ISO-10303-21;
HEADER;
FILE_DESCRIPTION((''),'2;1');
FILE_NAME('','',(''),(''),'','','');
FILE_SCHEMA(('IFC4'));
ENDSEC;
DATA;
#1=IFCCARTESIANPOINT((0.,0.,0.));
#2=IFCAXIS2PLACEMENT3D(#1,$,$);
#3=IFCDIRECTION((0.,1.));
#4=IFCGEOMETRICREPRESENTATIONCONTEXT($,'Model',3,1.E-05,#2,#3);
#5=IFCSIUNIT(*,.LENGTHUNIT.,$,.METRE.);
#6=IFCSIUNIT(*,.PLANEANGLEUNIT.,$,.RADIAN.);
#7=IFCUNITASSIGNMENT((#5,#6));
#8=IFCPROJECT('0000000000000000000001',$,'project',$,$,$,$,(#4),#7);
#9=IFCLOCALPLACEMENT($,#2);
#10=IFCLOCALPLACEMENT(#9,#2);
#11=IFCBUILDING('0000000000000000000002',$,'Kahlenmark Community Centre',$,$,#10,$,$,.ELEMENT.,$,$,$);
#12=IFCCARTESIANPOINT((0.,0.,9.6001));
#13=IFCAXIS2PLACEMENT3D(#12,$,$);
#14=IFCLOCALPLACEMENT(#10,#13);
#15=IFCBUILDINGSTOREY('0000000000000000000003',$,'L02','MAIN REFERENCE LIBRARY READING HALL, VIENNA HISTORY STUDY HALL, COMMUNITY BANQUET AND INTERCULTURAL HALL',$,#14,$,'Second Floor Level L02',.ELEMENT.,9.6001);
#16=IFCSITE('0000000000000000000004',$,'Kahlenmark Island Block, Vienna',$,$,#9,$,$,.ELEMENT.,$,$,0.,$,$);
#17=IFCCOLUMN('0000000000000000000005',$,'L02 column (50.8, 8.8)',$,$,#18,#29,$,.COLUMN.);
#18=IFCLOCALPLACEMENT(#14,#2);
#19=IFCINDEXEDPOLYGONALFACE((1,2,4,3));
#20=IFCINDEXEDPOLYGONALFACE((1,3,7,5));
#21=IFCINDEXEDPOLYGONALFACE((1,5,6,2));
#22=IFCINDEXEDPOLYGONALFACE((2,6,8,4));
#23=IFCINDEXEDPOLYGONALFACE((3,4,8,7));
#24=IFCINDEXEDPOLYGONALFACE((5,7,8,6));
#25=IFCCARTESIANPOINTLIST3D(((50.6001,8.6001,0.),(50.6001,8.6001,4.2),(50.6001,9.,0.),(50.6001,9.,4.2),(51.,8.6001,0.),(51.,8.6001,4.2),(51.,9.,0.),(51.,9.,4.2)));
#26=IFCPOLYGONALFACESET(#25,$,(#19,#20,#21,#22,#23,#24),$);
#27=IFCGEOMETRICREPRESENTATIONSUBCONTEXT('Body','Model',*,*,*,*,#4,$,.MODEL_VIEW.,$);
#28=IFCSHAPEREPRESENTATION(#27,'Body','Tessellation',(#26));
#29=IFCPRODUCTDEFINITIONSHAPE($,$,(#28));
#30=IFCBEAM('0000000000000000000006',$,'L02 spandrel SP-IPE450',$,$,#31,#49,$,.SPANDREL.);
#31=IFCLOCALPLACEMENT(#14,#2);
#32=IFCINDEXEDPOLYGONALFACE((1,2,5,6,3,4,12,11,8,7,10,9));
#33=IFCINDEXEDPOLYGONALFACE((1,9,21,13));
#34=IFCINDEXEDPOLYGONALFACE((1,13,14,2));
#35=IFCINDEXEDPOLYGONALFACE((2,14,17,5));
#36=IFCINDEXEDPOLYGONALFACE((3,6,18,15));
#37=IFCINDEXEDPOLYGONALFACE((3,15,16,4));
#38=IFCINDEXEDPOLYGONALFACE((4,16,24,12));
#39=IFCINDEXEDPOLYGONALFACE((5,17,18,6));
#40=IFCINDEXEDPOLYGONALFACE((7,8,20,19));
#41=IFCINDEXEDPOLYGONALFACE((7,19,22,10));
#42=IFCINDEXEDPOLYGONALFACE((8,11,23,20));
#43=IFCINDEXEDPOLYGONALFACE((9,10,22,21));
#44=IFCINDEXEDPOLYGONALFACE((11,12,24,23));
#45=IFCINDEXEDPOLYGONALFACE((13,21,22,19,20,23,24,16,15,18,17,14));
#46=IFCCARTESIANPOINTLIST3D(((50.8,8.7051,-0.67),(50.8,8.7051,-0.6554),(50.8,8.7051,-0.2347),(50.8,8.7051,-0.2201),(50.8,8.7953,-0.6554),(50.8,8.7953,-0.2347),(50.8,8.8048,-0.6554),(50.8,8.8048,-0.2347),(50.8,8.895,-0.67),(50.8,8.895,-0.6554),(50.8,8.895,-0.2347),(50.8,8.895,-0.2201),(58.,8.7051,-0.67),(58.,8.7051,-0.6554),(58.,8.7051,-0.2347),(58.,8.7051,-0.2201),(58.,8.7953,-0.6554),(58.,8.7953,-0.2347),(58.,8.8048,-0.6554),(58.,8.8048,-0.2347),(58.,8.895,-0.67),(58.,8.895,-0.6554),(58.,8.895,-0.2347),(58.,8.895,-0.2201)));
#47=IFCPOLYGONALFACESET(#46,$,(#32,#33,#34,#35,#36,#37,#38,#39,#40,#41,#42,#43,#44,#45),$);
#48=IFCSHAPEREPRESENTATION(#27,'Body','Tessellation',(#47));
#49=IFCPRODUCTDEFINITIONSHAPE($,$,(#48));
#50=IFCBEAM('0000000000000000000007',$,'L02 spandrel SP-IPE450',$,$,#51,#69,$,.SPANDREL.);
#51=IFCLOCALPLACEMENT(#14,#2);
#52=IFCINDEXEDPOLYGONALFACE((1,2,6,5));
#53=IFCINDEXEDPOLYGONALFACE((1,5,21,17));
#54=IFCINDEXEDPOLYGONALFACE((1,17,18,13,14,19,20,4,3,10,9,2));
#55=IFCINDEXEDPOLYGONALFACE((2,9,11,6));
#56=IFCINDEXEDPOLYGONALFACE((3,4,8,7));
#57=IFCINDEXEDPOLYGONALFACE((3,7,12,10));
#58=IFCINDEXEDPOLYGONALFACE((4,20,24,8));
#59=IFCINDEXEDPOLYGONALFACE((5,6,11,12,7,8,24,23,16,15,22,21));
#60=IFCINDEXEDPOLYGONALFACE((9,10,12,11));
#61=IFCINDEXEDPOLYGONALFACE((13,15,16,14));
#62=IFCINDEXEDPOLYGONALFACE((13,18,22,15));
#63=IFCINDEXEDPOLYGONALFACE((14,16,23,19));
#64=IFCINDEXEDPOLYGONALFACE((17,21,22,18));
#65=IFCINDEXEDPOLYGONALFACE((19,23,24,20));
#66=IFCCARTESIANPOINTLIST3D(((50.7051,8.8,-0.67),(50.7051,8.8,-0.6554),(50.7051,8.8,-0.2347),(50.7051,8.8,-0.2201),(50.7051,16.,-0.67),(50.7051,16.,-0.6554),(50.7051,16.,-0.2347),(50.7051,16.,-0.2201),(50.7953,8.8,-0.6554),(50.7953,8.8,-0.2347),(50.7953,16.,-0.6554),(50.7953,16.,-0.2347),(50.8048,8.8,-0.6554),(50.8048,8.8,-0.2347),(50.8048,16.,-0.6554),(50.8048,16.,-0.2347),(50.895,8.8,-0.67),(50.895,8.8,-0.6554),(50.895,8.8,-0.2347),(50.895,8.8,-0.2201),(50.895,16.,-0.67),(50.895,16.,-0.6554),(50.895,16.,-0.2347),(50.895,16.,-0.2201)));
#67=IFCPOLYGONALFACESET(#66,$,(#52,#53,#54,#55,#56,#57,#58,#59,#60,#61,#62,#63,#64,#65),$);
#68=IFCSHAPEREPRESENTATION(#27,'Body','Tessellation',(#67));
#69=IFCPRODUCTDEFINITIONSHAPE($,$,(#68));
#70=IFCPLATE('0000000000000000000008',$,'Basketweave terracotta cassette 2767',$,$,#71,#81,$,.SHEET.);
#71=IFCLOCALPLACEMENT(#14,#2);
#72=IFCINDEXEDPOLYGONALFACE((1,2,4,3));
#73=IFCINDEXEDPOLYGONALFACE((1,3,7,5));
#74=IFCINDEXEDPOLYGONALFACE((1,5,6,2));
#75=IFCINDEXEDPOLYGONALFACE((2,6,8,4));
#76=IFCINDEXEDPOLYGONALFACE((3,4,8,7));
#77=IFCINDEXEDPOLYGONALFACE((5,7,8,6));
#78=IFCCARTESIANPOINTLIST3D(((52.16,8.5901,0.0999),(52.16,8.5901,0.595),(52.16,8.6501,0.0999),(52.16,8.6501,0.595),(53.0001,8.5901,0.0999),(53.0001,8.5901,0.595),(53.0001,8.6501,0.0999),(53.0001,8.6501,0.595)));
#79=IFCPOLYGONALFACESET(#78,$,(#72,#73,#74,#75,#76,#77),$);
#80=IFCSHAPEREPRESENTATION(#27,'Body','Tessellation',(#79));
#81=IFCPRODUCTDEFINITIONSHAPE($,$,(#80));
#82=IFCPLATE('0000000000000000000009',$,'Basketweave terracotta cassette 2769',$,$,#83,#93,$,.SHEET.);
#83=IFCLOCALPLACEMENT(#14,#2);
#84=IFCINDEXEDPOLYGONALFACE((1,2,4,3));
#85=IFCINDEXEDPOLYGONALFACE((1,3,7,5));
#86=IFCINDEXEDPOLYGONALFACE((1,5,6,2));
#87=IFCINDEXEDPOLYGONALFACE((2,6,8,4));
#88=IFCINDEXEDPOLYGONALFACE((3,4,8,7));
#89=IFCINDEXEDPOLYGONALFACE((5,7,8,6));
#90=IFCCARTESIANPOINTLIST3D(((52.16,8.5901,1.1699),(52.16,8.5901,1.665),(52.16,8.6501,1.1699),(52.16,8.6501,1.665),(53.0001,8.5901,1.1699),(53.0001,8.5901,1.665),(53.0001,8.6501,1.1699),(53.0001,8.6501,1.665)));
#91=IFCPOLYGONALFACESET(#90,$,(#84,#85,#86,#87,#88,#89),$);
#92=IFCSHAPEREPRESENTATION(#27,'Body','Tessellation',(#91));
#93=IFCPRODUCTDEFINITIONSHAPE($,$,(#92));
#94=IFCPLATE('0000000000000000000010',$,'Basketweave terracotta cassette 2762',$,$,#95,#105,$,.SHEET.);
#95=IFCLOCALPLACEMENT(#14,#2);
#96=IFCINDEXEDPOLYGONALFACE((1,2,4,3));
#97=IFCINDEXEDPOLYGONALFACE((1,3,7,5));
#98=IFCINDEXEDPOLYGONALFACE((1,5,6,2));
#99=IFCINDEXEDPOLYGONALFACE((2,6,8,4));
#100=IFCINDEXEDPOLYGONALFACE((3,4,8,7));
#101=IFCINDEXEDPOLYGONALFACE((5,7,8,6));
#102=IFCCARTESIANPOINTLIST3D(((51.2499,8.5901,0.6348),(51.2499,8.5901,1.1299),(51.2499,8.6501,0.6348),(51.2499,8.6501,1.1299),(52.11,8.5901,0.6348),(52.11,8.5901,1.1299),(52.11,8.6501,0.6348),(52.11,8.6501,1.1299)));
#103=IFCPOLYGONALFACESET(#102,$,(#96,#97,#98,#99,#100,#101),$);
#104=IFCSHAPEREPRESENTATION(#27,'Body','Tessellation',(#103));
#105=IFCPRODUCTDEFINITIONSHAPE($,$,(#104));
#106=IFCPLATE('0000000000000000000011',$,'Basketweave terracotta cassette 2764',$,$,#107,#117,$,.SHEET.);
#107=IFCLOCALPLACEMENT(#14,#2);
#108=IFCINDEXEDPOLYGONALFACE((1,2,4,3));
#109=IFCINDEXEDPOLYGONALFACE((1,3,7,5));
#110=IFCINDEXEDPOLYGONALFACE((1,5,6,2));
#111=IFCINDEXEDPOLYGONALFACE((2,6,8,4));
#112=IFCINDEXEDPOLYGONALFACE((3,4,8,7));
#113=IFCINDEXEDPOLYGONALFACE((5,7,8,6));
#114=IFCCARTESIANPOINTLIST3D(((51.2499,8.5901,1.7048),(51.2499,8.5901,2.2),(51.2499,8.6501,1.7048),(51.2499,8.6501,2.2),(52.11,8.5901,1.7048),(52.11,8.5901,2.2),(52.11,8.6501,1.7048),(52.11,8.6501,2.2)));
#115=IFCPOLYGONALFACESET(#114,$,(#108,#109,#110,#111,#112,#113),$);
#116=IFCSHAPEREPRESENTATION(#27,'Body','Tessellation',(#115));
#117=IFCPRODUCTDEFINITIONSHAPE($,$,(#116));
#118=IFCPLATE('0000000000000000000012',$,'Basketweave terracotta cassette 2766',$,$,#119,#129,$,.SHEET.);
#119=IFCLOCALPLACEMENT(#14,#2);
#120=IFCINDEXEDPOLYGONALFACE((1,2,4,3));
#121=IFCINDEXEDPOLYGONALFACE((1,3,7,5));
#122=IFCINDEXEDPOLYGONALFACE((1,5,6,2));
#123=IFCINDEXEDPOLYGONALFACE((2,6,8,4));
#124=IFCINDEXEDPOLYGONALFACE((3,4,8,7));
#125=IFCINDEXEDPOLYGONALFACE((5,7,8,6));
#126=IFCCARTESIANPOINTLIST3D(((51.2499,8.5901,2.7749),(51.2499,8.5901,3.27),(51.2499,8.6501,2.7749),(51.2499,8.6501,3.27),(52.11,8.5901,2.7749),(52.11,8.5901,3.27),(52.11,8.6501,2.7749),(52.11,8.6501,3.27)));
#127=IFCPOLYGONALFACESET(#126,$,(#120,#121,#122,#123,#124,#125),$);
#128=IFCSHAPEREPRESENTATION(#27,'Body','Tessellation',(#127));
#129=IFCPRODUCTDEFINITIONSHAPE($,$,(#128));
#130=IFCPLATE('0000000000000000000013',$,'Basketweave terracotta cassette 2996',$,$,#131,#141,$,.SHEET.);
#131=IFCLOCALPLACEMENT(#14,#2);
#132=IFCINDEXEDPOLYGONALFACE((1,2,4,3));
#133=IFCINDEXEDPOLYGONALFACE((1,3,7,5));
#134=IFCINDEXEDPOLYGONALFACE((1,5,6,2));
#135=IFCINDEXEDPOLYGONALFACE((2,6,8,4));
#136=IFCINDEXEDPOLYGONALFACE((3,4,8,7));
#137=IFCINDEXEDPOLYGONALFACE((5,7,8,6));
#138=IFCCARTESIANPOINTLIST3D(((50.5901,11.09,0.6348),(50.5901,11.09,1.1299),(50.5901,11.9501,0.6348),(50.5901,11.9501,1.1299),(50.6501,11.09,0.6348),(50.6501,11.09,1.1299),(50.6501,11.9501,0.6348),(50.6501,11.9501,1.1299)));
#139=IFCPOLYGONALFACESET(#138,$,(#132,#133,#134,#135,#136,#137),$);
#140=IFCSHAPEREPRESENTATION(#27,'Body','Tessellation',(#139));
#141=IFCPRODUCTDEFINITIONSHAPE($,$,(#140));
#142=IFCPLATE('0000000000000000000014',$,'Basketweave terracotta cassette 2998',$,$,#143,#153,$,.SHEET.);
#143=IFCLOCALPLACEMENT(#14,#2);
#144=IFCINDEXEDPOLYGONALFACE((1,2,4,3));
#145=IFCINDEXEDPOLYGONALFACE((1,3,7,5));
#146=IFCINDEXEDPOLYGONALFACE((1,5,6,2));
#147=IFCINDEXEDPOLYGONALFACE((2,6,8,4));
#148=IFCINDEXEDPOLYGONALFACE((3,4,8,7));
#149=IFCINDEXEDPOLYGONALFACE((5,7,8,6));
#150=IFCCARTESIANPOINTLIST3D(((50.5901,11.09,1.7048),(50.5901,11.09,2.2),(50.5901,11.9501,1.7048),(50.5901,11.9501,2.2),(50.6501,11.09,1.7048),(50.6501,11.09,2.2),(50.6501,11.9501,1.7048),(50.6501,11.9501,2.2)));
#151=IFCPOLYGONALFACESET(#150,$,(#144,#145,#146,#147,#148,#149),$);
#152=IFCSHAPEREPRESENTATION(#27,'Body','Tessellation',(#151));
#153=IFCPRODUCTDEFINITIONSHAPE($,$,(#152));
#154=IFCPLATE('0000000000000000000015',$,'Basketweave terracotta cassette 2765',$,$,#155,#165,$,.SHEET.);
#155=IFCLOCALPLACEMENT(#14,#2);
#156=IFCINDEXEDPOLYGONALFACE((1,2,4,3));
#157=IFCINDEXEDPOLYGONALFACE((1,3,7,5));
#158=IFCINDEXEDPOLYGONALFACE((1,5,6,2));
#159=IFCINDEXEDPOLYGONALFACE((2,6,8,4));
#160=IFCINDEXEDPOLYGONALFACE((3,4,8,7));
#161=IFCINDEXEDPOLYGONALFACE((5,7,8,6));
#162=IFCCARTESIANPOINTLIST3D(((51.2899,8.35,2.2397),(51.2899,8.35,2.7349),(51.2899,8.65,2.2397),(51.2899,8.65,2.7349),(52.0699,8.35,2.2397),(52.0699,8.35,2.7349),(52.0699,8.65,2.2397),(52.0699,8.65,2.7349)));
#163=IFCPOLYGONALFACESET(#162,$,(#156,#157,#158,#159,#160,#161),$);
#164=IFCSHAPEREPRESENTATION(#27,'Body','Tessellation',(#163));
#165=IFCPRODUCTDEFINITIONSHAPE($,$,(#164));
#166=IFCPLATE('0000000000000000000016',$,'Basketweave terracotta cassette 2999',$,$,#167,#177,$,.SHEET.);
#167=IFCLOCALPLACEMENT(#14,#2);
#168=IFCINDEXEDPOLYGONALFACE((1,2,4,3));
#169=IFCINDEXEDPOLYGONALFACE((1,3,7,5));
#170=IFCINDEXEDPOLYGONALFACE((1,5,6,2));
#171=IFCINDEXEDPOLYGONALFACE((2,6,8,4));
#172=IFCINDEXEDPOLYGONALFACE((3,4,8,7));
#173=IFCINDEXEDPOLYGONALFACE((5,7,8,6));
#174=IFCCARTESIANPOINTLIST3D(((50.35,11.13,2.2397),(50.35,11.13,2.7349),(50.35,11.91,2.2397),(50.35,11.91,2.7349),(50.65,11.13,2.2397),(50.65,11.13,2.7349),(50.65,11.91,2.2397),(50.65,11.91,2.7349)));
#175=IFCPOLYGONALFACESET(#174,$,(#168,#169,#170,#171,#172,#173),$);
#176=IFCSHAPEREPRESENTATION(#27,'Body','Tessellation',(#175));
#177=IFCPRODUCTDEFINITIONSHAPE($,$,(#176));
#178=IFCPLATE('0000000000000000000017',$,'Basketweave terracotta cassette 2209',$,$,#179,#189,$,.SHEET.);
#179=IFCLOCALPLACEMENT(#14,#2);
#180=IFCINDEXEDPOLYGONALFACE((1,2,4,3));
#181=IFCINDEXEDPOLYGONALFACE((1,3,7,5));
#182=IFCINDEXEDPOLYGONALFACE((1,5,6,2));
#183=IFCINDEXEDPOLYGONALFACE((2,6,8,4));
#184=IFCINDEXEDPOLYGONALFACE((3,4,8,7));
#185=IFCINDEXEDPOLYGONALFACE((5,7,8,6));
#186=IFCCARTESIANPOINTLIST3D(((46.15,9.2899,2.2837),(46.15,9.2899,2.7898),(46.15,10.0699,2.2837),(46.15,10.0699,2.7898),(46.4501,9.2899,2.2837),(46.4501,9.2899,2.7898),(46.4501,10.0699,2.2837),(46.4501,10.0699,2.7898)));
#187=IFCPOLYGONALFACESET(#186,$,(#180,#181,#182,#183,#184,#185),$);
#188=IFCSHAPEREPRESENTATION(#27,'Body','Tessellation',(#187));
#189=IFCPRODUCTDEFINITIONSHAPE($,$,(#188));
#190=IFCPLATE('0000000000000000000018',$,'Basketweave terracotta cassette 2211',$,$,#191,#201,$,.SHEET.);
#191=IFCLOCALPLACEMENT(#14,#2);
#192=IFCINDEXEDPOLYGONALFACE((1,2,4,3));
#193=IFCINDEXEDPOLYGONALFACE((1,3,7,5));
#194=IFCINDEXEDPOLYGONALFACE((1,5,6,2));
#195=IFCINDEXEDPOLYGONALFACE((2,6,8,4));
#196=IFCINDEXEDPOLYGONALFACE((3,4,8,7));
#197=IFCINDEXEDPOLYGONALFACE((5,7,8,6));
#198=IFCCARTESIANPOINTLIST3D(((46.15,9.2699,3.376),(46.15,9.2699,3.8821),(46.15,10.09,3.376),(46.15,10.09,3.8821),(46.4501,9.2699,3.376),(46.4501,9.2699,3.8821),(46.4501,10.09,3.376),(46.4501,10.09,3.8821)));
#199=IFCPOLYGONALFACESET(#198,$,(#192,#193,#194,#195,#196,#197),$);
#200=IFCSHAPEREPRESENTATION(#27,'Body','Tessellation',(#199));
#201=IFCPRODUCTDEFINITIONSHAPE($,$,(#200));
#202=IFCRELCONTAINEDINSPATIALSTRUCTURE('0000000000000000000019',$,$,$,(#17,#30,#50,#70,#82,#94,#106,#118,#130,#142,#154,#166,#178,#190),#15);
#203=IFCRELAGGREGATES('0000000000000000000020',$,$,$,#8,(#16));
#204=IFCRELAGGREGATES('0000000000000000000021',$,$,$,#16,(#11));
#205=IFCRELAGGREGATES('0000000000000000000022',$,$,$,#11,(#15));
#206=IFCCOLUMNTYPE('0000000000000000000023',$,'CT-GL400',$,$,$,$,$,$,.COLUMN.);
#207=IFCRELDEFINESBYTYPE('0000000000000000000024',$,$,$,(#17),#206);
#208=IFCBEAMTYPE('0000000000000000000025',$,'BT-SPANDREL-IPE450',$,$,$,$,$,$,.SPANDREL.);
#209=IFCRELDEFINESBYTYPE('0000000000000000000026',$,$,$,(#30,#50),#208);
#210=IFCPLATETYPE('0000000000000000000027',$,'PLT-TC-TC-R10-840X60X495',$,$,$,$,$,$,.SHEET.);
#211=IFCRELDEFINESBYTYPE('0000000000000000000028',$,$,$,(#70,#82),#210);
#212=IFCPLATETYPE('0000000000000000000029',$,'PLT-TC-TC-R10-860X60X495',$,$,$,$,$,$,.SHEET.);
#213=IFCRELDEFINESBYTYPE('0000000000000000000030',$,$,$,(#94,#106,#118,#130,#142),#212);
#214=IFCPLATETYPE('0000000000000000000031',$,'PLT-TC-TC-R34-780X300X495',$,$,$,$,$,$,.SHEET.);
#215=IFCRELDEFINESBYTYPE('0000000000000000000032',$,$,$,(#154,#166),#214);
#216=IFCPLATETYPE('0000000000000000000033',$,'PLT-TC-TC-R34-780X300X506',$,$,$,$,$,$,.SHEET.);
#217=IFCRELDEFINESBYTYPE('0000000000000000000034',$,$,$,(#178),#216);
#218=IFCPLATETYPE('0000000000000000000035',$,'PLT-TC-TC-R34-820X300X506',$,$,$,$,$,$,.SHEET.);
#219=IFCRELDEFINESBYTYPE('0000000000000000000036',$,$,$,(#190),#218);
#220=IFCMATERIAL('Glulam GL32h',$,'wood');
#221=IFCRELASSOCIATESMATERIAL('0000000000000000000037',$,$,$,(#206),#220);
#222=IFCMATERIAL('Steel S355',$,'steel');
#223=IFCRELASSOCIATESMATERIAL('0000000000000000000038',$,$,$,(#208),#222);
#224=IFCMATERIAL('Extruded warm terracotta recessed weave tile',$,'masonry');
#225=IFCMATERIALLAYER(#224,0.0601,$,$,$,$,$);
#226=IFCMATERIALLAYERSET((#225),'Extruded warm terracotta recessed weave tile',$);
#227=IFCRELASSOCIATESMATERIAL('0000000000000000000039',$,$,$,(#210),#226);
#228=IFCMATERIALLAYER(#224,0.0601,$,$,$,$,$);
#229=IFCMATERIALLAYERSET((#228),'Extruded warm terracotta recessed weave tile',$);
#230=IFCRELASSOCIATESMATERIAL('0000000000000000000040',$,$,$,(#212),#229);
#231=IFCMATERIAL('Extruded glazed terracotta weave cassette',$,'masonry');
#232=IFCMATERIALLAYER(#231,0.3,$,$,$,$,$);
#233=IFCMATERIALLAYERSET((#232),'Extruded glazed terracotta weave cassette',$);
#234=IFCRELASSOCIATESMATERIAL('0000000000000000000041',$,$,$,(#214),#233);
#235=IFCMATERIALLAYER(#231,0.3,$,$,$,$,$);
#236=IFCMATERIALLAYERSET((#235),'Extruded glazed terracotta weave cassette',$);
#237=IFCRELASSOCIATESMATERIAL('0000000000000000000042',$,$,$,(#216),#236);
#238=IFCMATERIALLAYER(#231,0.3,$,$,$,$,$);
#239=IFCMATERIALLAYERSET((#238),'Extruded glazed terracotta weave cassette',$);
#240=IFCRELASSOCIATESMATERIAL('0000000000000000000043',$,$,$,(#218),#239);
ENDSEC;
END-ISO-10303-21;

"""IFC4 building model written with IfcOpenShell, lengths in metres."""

from ifc_helpers import new_model, si_unit, direction, frame, origin, origin_2d, place, context, subcontext, project, spatial, rectangle, i_section, extrude, material, layer, layer_set, material_profile, profile_set, type_object, element, save


model = new_model("IFC4")

# Units and contexts
model_context = context("Model", 3, precision=1e-05, world=origin(), true_north=direction((0.0, 1.0)))
body_context = subcontext(model_context, "Body", "Model", "MODEL_VIEW")
ifc_project = project(units=[si_unit("LENGTHUNIT", "METRE"), si_unit("PLANEANGLEUNIT", "RADIAN")], contexts=[model_context])

# Site, building, storey
site_placement = place(None, origin())
site = spatial("IfcSite", under=ifc_project, at=site_placement, Name="Kahlenmark Island Block, Vienna", CompositionType="ELEMENT", RefElevation=0.0)
building_placement = place(site_placement, origin())
building = spatial("IfcBuilding", under=site, at=building_placement, Name="Kahlenmark Community Centre", CompositionType="ELEMENT")
storey_placement = place(building_placement, frame((0.0, 0.0, 9.6001)))
storey = spatial("IfcBuildingStorey", under=building, at=storey_placement, Name="L02", Description="MAIN REFERENCE LIBRARY READING HALL, VIENNA HISTORY STUDY HALL, COMMUNITY BANQUET AND INTERCULTURAL HALL", LongName="Second Floor Level L02", CompositionType="ELEMENT", Elevation=9.6001)

# Column
ifc_material_1 = material(Name="Glulam GL32h", Category="wood")
ifc_material_profile_1 = material_profile(ifc_material_1, rectangle(XDim=0.3999, YDim=0.3999, at=origin_2d()), Name="GL32h 400x400")
ifc_profile_set_1 = profile_set([ifc_material_profile_1], Name="Glulam GL32h")
column_type = type_object("IfcColumnType", Name="CT-GL400", PredefinedType="COLUMN", material=ifc_profile_set_1)
column_placement = place(storey_placement, frame((50.8, 8.8, 0.0), z_axis=(0.0, 0.0, 1.0), x_axis=(1.0, 0.0, 0.0)))
element("IfcColumn", 1, at=column_placement, inside=storey, type_object=column_type, Name="L02 column (50.8, 8.8)", PredefinedType="COLUMN", context=body_context, shape_type="SweptSolid", body=[
    extrude(rectangle(XDim=0.3999, YDim=0.3999, at=origin_2d()), origin(), (0.0, 0.0, 1.0), 4.2),
])

# Beams
ifc_material_2 = material(Name="Steel S355", Category="steel")
ifc_material_profile_2 = material_profile(ifc_material_2, i_section(OverallWidth=0.1899, OverallDepth=0.45, WebThickness=0.0095, FlangeThickness=0.0146, at=origin_2d()), Name="IPE 450")
ifc_profile_set_2 = profile_set([ifc_material_profile_2], Name="Steel S355")
beam_type = type_object("IfcBeamType", Name="BT-SPANDREL-IPE450", PredefinedType="SPANDREL", material=ifc_profile_set_2)
for number, where, z_axis, x_axis, name in (
    (2, (50.8, 8.8, -0.4451), (1.0, 0.0, 0.0), (0.0, 1.0, 0.0), "L02 spandrel SP-IPE450"),
    (3, (50.8, 8.8, -0.4451), (0.0, 1.0, 0.0), (-1.0, 0.0, 0.0), "L02 spandrel SP-IPE450"),
):
    element("IfcBeam", number, at=place(storey_placement, frame(where, z_axis=z_axis, x_axis=x_axis)), inside=storey, type_object=beam_type, Name=name, PredefinedType="SPANDREL", context=body_context, shape_type="SweptSolid", body=[
        extrude(i_section(OverallWidth=0.1899, OverallDepth=0.45, WebThickness=0.0095, FlangeThickness=0.0146, at=origin_2d()), origin(), (0.0, 0.0, 1.0), 7.2),
    ])

# Plates
ifc_material_3 = material(Name="Extruded warm terracotta recessed weave tile", Category="masonry")
ifc_layer_1 = layer(ifc_material_3, 0.0601)
ifc_layer_set_1 = layer_set([ifc_layer_1], Name="Extruded warm terracotta recessed weave tile")
plate_type_1 = type_object("IfcPlateType", Name="PLT-TC-TC-R10-840X60X495", PredefinedType="SHEET", material=ifc_layer_set_1)
for number, where, z_axis, x_axis, name in (
    (4, (52.5801, 8.6201, 0.0999), (0.0, 0.0, 1.0), (1.0, 0.0, 0.0), "Basketweave terracotta cassette 2767"),
    (5, (52.5801, 8.6201, 1.1699), (0.0, 0.0, 1.0), (1.0, 0.0, 0.0), "Basketweave terracotta cassette 2769"),
):
    element("IfcPlate", number, at=place(storey_placement, frame(where, z_axis=z_axis, x_axis=x_axis)), inside=storey, type_object=plate_type_1, Name=name, PredefinedType="SHEET", context=body_context, shape_type="SweptSolid", body=[
        extrude(rectangle(XDim=0.8401, YDim=0.0601, at=origin_2d()), origin(), (0.0, 0.0, 1.0), 0.4951),
    ])
ifc_layer_2 = layer(ifc_material_3, 0.0601)
ifc_layer_set_2 = layer_set([ifc_layer_2], Name="Extruded warm terracotta recessed weave tile")
plate_type_2 = type_object("IfcPlateType", Name="PLT-TC-TC-R10-860X60X495", PredefinedType="SHEET", material=ifc_layer_set_2)
for number, where, z_axis, x_axis, name in (
    (6, (51.6799, 8.6201, 0.6348), (0.0, 0.0, 1.0), (1.0, 0.0, 0.0), "Basketweave terracotta cassette 2762"),
    (7, (51.6799, 8.6201, 1.7048), (0.0, 0.0, 1.0), (1.0, 0.0, 0.0), "Basketweave terracotta cassette 2764"),
    (8, (51.6799, 8.6201, 2.7749), (0.0, 0.0, 1.0), (1.0, 0.0, 0.0), "Basketweave terracotta cassette 2766"),
    (9, (50.6201, 11.52, 0.6348), (0.0, 0.0, 1.0), (0.0, -1.0, 0.0), "Basketweave terracotta cassette 2996"),
    (10, (50.6201, 11.52, 1.7048), (0.0, 0.0, 1.0), (0.0, -1.0, 0.0), "Basketweave terracotta cassette 2998"),
):
    element("IfcPlate", number, at=place(storey_placement, frame(where, z_axis=z_axis, x_axis=x_axis)), inside=storey, type_object=plate_type_2, Name=name, PredefinedType="SHEET", context=body_context, shape_type="SweptSolid", body=[
        extrude(rectangle(XDim=0.8601, YDim=0.0601, at=origin_2d()), origin(), (0.0, 0.0, 1.0), 0.4951),
    ])
ifc_material_4 = material(Name="Extruded glazed terracotta weave cassette", Category="masonry")
ifc_layer_3 = layer(ifc_material_4, 0.3)
ifc_layer_set_3 = layer_set([ifc_layer_3], Name="Extruded glazed terracotta weave cassette")
plate_type_3 = type_object("IfcPlateType", Name="PLT-TC-TC-R34-780X300X495", PredefinedType="SHEET", material=ifc_layer_set_3)
for number, where, z_axis, x_axis, name in (
    (11, (51.6799, 8.5, 2.2397), (0.0, 0.0, 1.0), (1.0, 0.0, 0.0), "Basketweave terracotta cassette 2765"),
    (12, (50.5, 11.52, 2.2397), (0.0, 0.0, 1.0), (0.0, -1.0, 0.0), "Basketweave terracotta cassette 2999"),
):
    element("IfcPlate", number, at=place(storey_placement, frame(where, z_axis=z_axis, x_axis=x_axis)), inside=storey, type_object=plate_type_3, Name=name, PredefinedType="SHEET", context=body_context, shape_type="SweptSolid", body=[
        extrude(rectangle(XDim=0.78, YDim=0.3, at=origin_2d()), origin(), (0.0, 0.0, 1.0), 0.4951),
    ])
ifc_layer_4 = layer(ifc_material_4, 0.3)
ifc_layer_set_4 = layer_set([ifc_layer_4], Name="Extruded glazed terracotta weave cassette")
plate_type_4 = type_object("IfcPlateType", Name="PLT-TC-TC-R34-780X300X506", PredefinedType="SHEET", material=ifc_layer_set_4)
plate_1_placement = place(storey_placement, frame((46.3, 9.6799, 2.2837), z_axis=(0.0, 0.0, 1.0), x_axis=(0.0, 1.0, 0.0)))
element("IfcPlate", 13, at=plate_1_placement, inside=storey, type_object=plate_type_4, Name="Basketweave terracotta cassette 2209", PredefinedType="SHEET", context=body_context, shape_type="SweptSolid", body=[
    extrude(rectangle(XDim=0.78, YDim=0.3, at=origin_2d()), origin(), (0.0, 0.0, 1.0), 0.5061),
])
ifc_layer_5 = layer(ifc_material_4, 0.3)
ifc_layer_set_5 = layer_set([ifc_layer_5], Name="Extruded glazed terracotta weave cassette")
plate_type_5 = type_object("IfcPlateType", Name="PLT-TC-TC-R34-820X300X506", PredefinedType="SHEET", material=ifc_layer_set_5)
plate_2_placement = place(storey_placement, frame((46.3, 9.6799, 3.376), z_axis=(0.0, 0.0, 1.0), x_axis=(0.0, 1.0, 0.0)))
element("IfcPlate", 14, at=plate_2_placement, inside=storey, type_object=plate_type_5, Name="Basketweave terracotta cassette 2211", PredefinedType="SHEET", context=body_context, shape_type="SweptSolid", body=[
    extrude(rectangle(XDim=0.8201, YDim=0.3, at=origin_2d()), origin(), (0.0, 0.0, 1.0), 0.5061),
])

save(model, "model.ifc")
